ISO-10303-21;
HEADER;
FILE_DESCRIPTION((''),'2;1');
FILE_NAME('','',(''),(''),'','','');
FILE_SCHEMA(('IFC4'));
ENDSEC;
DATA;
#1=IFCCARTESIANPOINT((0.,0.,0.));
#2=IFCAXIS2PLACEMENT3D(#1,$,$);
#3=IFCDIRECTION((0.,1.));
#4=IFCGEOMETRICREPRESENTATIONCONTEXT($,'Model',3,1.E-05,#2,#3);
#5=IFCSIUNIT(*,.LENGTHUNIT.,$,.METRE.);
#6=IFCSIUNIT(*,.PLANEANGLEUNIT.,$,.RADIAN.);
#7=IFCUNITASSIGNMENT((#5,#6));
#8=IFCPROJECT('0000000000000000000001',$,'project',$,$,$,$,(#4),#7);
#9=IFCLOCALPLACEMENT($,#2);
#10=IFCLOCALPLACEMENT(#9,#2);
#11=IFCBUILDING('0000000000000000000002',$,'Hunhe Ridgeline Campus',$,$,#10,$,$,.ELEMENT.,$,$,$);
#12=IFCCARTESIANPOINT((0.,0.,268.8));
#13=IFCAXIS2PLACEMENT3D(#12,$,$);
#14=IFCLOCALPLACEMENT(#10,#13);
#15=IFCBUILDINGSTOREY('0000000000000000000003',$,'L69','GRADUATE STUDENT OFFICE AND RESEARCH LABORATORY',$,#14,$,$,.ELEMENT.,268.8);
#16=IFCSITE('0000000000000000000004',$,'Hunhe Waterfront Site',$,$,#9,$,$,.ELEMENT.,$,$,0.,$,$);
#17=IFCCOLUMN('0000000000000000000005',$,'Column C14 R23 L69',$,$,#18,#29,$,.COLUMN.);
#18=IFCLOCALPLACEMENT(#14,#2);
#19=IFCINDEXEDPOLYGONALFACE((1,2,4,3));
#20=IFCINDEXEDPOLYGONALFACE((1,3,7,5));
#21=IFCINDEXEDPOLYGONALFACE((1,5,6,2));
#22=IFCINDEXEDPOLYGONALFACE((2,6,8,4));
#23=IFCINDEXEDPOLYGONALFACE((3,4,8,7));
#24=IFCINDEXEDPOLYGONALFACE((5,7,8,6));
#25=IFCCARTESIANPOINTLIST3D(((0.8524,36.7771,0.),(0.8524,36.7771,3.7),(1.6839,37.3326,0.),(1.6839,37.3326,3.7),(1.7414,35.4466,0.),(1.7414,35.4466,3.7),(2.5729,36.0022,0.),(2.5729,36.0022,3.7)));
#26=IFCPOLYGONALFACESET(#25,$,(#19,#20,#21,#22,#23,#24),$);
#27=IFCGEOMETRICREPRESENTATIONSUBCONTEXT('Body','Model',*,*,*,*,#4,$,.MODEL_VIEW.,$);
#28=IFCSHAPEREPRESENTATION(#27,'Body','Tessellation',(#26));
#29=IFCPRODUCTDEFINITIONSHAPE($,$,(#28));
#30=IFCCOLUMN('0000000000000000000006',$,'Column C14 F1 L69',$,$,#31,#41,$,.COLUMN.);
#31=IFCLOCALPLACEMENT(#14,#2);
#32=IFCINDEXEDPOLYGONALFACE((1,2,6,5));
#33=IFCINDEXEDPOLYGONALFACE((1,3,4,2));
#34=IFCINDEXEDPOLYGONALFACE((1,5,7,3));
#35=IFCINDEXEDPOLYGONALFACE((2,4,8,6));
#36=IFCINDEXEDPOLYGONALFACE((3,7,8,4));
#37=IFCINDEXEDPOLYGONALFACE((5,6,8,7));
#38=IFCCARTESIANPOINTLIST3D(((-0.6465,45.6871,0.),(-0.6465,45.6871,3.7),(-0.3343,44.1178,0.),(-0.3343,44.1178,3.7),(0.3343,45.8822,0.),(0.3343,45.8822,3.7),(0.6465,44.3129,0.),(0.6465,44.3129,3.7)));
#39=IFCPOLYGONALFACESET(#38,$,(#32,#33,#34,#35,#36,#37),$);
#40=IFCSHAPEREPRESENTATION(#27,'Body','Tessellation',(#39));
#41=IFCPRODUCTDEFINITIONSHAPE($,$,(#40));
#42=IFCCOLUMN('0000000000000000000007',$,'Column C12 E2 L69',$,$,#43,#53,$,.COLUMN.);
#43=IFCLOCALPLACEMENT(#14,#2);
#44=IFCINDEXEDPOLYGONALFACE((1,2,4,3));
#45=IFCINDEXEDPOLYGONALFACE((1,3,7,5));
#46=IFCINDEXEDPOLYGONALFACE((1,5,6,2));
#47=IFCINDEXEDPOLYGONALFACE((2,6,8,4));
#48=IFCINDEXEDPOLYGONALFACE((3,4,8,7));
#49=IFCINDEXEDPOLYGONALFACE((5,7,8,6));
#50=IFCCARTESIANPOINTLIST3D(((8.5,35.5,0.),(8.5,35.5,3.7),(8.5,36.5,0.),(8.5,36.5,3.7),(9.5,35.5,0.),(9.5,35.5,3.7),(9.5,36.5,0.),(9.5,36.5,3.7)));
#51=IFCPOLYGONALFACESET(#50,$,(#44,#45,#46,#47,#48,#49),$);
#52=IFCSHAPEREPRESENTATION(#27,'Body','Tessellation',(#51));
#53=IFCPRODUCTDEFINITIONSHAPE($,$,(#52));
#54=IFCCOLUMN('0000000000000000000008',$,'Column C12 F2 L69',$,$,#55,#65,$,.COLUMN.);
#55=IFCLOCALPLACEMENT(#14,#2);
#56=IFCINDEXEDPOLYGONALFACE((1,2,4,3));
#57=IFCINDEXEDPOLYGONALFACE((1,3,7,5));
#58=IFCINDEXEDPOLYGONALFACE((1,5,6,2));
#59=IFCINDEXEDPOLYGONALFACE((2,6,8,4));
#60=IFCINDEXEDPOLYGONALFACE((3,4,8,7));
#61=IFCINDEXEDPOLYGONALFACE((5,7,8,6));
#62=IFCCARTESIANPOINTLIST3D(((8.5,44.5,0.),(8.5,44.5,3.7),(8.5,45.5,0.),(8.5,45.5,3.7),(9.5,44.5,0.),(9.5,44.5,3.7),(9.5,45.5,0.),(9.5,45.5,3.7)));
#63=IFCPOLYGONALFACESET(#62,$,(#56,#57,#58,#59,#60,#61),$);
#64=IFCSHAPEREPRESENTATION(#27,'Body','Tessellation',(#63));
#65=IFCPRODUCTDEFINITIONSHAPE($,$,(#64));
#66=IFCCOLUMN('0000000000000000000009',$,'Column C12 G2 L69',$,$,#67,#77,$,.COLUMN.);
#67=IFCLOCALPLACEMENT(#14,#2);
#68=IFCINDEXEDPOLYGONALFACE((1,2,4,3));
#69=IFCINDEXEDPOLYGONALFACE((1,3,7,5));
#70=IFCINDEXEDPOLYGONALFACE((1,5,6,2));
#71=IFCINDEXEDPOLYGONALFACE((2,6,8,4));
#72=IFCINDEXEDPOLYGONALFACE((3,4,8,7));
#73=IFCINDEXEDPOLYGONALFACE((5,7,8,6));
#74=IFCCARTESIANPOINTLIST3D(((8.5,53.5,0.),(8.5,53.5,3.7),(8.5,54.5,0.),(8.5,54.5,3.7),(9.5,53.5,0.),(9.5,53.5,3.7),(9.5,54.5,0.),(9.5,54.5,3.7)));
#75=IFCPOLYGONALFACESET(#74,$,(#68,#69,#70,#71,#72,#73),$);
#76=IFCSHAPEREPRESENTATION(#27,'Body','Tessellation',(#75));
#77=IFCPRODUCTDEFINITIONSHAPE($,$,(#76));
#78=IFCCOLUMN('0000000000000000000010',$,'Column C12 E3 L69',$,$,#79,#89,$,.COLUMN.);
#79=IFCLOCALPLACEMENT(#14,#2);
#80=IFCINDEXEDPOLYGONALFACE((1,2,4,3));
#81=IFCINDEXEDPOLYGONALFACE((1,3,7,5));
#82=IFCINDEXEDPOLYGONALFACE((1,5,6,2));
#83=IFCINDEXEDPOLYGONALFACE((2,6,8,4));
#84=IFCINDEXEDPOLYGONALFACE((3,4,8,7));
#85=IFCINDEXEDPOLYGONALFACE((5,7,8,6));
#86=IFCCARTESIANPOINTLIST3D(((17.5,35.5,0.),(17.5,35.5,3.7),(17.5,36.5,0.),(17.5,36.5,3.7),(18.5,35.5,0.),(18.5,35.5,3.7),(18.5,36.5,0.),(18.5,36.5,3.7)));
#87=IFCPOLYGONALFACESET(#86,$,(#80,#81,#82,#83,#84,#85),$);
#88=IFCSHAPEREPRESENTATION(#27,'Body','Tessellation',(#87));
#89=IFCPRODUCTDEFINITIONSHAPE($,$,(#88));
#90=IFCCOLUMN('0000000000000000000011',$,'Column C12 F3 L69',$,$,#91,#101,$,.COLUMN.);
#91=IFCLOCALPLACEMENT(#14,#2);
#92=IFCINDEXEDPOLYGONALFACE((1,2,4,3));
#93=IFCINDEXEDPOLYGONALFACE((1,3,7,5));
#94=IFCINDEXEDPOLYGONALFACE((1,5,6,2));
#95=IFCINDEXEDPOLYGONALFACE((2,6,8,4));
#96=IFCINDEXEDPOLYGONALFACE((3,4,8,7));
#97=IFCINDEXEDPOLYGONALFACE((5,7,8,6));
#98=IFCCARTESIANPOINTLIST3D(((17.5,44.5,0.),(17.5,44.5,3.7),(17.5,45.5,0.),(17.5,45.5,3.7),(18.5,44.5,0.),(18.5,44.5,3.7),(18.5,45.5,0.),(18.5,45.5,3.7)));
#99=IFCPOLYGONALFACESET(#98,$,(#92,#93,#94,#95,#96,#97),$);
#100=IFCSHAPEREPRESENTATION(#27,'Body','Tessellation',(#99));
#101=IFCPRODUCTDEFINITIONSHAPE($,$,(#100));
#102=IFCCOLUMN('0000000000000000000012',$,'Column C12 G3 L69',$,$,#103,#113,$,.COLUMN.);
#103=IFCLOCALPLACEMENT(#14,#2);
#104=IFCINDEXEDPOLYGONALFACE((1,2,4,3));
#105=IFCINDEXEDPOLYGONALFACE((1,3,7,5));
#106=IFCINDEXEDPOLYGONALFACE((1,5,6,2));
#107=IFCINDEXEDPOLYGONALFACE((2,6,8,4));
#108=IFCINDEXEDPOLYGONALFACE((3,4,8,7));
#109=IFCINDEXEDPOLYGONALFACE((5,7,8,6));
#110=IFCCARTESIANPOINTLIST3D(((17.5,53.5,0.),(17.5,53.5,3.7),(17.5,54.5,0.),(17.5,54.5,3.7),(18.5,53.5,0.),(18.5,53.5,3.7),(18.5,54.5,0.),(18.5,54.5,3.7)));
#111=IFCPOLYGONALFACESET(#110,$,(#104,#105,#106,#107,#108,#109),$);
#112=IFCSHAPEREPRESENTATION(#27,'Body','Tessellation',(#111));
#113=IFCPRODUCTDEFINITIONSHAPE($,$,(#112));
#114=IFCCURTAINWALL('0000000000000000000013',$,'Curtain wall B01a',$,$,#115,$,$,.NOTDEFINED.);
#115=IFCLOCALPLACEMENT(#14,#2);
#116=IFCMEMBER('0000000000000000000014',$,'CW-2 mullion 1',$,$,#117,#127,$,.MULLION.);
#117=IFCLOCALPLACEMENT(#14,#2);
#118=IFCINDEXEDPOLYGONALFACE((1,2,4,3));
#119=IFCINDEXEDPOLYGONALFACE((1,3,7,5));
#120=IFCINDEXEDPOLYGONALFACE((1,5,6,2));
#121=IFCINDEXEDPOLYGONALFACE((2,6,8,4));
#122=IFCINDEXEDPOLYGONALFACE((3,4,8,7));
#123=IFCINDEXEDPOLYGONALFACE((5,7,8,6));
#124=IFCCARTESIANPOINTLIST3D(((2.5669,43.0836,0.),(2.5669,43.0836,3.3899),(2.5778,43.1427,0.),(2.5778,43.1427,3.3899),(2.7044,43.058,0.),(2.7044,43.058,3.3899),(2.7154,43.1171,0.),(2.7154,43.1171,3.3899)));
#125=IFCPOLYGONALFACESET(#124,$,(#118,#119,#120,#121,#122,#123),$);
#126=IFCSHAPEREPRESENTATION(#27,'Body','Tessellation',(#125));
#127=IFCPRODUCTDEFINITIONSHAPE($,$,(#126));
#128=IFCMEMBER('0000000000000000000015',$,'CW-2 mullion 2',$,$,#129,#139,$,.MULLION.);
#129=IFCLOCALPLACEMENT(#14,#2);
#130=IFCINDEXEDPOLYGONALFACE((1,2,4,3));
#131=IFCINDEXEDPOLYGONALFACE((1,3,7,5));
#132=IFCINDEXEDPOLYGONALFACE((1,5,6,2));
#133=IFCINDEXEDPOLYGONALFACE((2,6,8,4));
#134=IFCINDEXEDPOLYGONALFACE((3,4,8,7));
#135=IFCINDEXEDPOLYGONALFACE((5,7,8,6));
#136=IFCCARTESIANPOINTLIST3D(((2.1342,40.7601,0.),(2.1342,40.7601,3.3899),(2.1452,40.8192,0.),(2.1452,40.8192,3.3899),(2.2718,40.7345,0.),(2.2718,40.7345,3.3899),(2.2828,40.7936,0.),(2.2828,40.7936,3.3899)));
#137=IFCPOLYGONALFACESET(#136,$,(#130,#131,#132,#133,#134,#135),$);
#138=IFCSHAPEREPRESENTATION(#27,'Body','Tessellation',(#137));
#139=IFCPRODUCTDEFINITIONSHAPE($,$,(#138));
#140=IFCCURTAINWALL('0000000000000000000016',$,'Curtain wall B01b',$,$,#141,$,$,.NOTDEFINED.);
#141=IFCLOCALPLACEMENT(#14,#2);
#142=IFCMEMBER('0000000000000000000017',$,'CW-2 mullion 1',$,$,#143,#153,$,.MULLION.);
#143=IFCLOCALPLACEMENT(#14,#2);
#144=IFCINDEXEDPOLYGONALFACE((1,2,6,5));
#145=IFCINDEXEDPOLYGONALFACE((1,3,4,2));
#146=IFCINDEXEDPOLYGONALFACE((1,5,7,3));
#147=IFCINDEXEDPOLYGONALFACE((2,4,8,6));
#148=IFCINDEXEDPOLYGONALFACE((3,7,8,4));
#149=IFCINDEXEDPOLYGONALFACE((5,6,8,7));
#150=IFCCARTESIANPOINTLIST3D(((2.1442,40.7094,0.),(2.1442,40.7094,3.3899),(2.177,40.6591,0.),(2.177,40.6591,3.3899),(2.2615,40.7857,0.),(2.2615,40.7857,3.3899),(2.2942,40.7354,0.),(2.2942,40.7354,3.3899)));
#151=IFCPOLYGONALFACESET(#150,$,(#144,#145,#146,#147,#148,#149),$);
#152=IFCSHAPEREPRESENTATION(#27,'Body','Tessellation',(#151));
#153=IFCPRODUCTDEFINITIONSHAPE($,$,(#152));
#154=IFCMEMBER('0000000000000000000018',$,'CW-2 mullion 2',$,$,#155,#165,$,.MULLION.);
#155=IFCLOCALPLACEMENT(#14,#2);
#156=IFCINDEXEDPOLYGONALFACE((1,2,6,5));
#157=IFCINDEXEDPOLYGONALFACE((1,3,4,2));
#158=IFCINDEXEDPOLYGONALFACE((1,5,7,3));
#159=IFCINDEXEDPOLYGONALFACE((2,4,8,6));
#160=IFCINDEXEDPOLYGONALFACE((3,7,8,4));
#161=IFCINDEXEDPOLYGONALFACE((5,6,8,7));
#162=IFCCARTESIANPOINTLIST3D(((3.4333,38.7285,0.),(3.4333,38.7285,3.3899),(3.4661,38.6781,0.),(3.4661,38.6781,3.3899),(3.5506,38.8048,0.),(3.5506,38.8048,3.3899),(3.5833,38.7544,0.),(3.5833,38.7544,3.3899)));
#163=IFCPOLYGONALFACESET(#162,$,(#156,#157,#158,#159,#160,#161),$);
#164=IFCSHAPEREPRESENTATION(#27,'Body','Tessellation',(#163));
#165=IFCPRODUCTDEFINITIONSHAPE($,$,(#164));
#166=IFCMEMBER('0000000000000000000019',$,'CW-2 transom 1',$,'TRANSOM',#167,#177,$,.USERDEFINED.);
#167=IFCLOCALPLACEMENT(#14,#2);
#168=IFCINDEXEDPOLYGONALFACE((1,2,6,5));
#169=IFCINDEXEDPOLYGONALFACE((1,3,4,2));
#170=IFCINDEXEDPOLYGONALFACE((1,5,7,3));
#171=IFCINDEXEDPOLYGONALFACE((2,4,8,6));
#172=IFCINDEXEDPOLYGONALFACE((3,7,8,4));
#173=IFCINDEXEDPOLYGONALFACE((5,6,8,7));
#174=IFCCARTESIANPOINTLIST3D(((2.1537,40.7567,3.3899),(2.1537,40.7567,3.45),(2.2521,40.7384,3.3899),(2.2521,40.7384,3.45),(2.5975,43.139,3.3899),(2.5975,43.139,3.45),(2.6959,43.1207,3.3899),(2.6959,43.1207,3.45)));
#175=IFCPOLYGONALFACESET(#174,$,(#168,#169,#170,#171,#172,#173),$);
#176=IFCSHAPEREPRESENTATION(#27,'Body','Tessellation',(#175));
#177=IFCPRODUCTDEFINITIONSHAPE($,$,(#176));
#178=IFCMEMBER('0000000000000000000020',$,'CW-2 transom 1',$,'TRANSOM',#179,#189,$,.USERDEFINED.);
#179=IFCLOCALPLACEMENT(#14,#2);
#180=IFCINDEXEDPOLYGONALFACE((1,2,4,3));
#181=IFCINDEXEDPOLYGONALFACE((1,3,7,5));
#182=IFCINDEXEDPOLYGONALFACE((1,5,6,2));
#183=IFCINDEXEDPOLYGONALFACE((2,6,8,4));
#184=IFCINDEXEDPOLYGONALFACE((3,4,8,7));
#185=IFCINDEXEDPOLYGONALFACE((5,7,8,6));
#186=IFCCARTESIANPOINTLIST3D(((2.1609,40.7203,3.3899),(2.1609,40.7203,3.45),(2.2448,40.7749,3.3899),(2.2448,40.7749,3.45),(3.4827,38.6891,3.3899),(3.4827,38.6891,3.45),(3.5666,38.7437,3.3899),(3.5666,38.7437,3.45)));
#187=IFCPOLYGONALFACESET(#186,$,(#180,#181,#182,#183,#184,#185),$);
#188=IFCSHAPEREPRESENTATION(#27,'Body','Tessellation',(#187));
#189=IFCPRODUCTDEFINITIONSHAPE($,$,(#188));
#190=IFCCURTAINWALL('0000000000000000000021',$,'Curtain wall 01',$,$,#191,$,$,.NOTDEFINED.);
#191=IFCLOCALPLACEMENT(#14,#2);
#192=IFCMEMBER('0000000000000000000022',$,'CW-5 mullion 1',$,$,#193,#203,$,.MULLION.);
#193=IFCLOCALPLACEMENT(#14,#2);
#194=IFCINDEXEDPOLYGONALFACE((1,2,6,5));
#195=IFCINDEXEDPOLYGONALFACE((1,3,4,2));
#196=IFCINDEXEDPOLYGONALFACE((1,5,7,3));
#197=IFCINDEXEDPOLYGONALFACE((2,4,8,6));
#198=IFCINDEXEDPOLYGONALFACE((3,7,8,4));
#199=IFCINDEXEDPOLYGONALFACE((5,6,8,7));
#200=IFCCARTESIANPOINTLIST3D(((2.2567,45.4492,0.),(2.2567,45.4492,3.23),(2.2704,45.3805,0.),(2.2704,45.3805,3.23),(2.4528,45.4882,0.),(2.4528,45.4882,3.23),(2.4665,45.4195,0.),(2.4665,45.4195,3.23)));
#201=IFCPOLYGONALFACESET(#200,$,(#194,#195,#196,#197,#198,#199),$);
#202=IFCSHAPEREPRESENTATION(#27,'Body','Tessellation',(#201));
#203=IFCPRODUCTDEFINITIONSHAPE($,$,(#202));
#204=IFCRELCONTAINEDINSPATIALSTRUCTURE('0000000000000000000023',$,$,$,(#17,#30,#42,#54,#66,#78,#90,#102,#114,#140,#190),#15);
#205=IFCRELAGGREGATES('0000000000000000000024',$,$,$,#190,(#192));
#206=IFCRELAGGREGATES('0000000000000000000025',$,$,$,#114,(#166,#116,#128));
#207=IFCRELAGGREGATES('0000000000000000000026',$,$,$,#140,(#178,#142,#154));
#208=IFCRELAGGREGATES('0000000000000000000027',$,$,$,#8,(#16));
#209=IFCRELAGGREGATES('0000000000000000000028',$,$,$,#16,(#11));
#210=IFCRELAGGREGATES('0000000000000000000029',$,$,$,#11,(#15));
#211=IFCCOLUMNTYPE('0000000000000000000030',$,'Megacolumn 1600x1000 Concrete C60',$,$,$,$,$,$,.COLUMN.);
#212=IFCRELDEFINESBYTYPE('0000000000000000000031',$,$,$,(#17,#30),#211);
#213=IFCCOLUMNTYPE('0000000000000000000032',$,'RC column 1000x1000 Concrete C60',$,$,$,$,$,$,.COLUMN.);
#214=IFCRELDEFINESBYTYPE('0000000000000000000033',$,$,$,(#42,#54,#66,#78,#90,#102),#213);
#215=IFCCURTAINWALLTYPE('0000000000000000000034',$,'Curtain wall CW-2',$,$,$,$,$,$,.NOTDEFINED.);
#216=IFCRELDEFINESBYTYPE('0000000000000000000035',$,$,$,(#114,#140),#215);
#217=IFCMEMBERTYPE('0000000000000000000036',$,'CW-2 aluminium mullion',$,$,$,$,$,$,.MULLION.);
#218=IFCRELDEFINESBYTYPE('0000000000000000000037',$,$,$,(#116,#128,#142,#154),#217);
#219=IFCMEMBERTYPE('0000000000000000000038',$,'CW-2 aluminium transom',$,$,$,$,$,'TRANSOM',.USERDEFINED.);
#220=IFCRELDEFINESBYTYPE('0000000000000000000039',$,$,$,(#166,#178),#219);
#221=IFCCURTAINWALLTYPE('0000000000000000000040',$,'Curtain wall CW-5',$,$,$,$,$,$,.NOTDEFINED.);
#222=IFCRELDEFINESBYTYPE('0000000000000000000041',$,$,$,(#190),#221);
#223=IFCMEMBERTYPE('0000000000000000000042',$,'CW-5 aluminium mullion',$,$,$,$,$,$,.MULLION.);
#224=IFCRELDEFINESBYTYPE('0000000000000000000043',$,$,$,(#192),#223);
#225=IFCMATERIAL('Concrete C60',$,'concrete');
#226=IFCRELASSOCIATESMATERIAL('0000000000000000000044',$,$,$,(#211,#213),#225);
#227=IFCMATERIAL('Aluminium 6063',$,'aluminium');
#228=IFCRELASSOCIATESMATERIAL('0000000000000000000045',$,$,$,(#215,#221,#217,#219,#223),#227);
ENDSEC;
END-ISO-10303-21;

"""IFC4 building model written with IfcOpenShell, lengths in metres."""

from ifc_helpers import new_model, si_unit, direction, frame, origin, origin_2d, place, context, subcontext, project, spatial, rectangle, extrude, material, material_profile, profile_set, type_object, element, aggregate, save


model = new_model("IFC4")

# Units and contexts
model_context = context("Model", 3, precision=1e-05, world=origin(), true_north=direction((0.0, 1.0)))
body_context = subcontext(model_context, "Body", "Model", "MODEL_VIEW")
ifc_project = project(units=[si_unit("LENGTHUNIT", "METRE"), si_unit("PLANEANGLEUNIT", "RADIAN")], contexts=[model_context])

# Site, building, storey
site_placement = place(None, origin())
site = spatial("IfcSite", under=ifc_project, at=site_placement, Name="Hunhe Waterfront Site", CompositionType="ELEMENT", RefElevation=0.0)
building_placement = place(site_placement, origin())
building = spatial("IfcBuilding", under=site, at=building_placement, Name="Hunhe Ridgeline Campus", CompositionType="ELEMENT")
storey_placement = place(building_placement, frame((0.0, 0.0, 268.8)))
storey = spatial("IfcBuildingStorey", under=building, at=storey_placement, Name="L69", Description="GRADUATE STUDENT OFFICE AND RESEARCH LABORATORY", CompositionType="ELEMENT", Elevation=268.8)

# Columns
ifc_material_1 = material(Name="Concrete C60", Category="concrete")
ifc_material_profile_1 = material_profile(ifc_material_1, rectangle(XDim=1.6001, YDim=1.0, at=origin_2d()))
ifc_profile_set_1 = profile_set([ifc_material_profile_1], Name="Concrete C60")
column_type_1 = type_object("IfcColumnType", Name="Megacolumn 1600x1000 Concrete C60", PredefinedType="COLUMN", material=ifc_profile_set_1)
for number, where, z_axis, x_axis, name in (
    (1, (1.7126, 36.3896, 0.0), (0.0, 0.0, 1.0), (-0.55557, 0.83147, 0.0), "Column C14 R23 L69"),
    (2, (0.0, 45.0, 0.0), (0.0, 0.0, 1.0), (-0.19509, 0.980785, 0.0), "Column C14 F1 L69"),
):
    element("IfcColumn", number, at=place(storey_placement, frame(where, z_axis=z_axis, x_axis=x_axis)), inside=storey, type_object=column_type_1, Name=name, PredefinedType="COLUMN", context=body_context, shape_type="SweptSolid", body=[
        extrude(rectangle(XDim=1.6001, YDim=1.0, at=origin_2d()), origin(), (0.0, 0.0, 1.0), 3.7),
    ])
ifc_material_profile_2 = material_profile(ifc_material_1, rectangle(XDim=1.0, YDim=1.0, at=origin_2d()))
ifc_profile_set_2 = profile_set([ifc_material_profile_2], Name="Concrete C60")
column_type_2 = type_object("IfcColumnType", Name="RC column 1000x1000 Concrete C60", PredefinedType="COLUMN", material=ifc_profile_set_2)
for number, where, z_axis, x_axis, name in (
    (3, (9.0, 36.0, 0.0), (0.0, 0.0, 1.0), (1.0, 0.0, 0.0), "Column C12 E2 L69"),
    (4, (9.0, 45.0, 0.0), (0.0, 0.0, 1.0), (1.0, 0.0, 0.0), "Column C12 F2 L69"),
    (5, (9.0, 54.0, 0.0), (0.0, 0.0, 1.0), (1.0, 0.0, 0.0), "Column C12 G2 L69"),
    (6, (18.0, 36.0, 0.0), (0.0, 0.0, 1.0), (1.0, 0.0, 0.0), "Column C12 E3 L69"),
    (7, (18.0, 45.0, 0.0), (0.0, 0.0, 1.0), (1.0, 0.0, 0.0), "Column C12 F3 L69"),
    (8, (18.0, 54.0, 0.0), (0.0, 0.0, 1.0), (1.0, 0.0, 0.0), "Column C12 G3 L69"),
):
    element("IfcColumn", number, at=place(storey_placement, frame(where, z_axis=z_axis, x_axis=x_axis)), inside=storey, type_object=column_type_2, Name=name, PredefinedType="COLUMN", context=body_context, shape_type="SweptSolid", body=[
        extrude(rectangle(XDim=1.0, YDim=1.0, at=origin_2d()), origin(), (0.0, 0.0, 1.0), 3.7),
    ])

# Curtain walls, members
ifc_material_2 = material(Name="Aluminium 6063", Category="aluminium")
curtain_wall_type_1 = type_object("IfcCurtainWallType", Name="Curtain wall CW-2", PredefinedType="NOTDEFINED", material=ifc_material_2)
curtain_wall_1_placement = place(storey_placement, origin())
curtain_wall_1 = element("IfcCurtainWall", 9, at=curtain_wall_1_placement, inside=storey, type_object=curtain_wall_type_1, Name="Curtain wall B01a", PredefinedType="NOTDEFINED")
ifc_material_profile_3 = material_profile(ifc_material_2, rectangle(XDim=0.1399, YDim=0.0601, at=origin_2d()))
ifc_profile_set_3 = profile_set([ifc_material_profile_3], Name="Aluminium 6063")
member_type_1 = type_object("IfcMemberType", Name="CW-2 aluminium mullion", PredefinedType="MULLION", material=ifc_profile_set_3)
member_1_placement = place(storey_placement, frame((2.6411, 43.1003, 0.0), z_axis=(0.0, 0.0, 1.0), x_axis=(0.983092, -0.183113, 0.0)))
member_1 = element("IfcMember", 10, at=member_1_placement, type_object=member_type_1, Name="CW-2 mullion 1", PredefinedType="MULLION", context=body_context, shape_type="SweptSolid", body=[
    extrude(rectangle(XDim=0.1399, YDim=0.0601, at=origin_2d()), origin(), (0.0, 0.0, 1.0), 3.3899),
])
member_2_placement = place(storey_placement, frame((2.2085, 40.7769, 0.0), z_axis=(0.0, 0.0, 1.0), x_axis=(0.983092, -0.183113, 0.0)))
member_2 = element("IfcMember", 11, at=member_2_placement, type_object=member_type_1, Name="CW-2 mullion 2", PredefinedType="MULLION", context=body_context, shape_type="SweptSolid", body=[
    extrude(rectangle(XDim=0.1399, YDim=0.0601, at=origin_2d()), origin(), (0.0, 0.0, 1.0), 3.3899),
])
curtain_wall_2_placement = place(storey_placement, origin())
curtain_wall_2 = element("IfcCurtainWall", 12, at=curtain_wall_2_placement, inside=storey, type_object=curtain_wall_type_1, Name="Curtain wall B01b", PredefinedType="NOTDEFINED")
member_3_placement = place(storey_placement, frame((2.2192, 40.7224, 0.0), z_axis=(0.0, 0.0, 1.0), x_axis=(0.838179, 0.545395, 0.0)))
member_3 = element("IfcMember", 13, at=member_3_placement, type_object=member_type_1, Name="CW-2 mullion 1", PredefinedType="MULLION", context=body_context, shape_type="SweptSolid", body=[
    extrude(rectangle(XDim=0.1399, YDim=0.0601, at=origin_2d()), origin(), (0.0, 0.0, 1.0), 3.3899),
])
member_4_placement = place(storey_placement, frame((3.5083, 38.7415, 0.0), z_axis=(0.0, 0.0, 1.0), x_axis=(0.838179, 0.545395, 0.0)))
member_4 = element("IfcMember", 14, at=member_4_placement, type_object=member_type_1, Name="CW-2 mullion 2", PredefinedType="MULLION", context=body_context, shape_type="SweptSolid", body=[
    extrude(rectangle(XDim=0.1399, YDim=0.0601, at=origin_2d()), origin(), (0.0, 0.0, 1.0), 3.3899),
])

# Members
ifc_material_profile_4 = material_profile(ifc_material_2, rectangle(XDim=0.1001, YDim=0.0601, at=origin_2d()))
ifc_profile_set_4 = profile_set([ifc_material_profile_4], Name="Aluminium 6063")
member_type_2 = type_object("IfcMemberType", Name="CW-2 aluminium transom", ElementType="TRANSOM", PredefinedType="USERDEFINED", material=ifc_profile_set_4)
member_5_placement = place(storey_placement, frame((2.6467, 43.1299, 3.4199), z_axis=(-0.183157, -0.983084, 0.0), x_axis=(0.983084, -0.183157, 0.0)))
member_5 = element("IfcMember", 15, at=member_5_placement, type_object=member_type_2, Name="CW-2 transom 1", ObjectType="TRANSOM", PredefinedType="USERDEFINED", context=body_context, shape_type="SweptSolid", body=[
    extrude(rectangle(XDim=0.1001, YDim=0.0601, at=origin_2d()), origin(), (0.0, 0.0, 1.0), 2.4233),
])
member_6_placement = place(storey_placement, frame((2.2029, 40.7476, 3.4199), z_axis=(0.545413, -0.838167, 0.0), x_axis=(0.838167, 0.545413, 0.0)))
member_6 = element("IfcMember", 16, at=member_6_placement, type_object=member_type_2, Name="CW-2 transom 1", ObjectType="TRANSOM", PredefinedType="USERDEFINED", context=body_context, shape_type="SweptSolid", body=[
    extrude(rectangle(XDim=0.1001, YDim=0.0601, at=origin_2d()), origin(), (0.0, 0.0, 1.0), 2.4233),
])

# Curtain wall, member
curtain_wall_type_2 = type_object("IfcCurtainWallType", Name="Curtain wall CW-5", PredefinedType="NOTDEFINED", material=ifc_material_2)
curtain_wall_3_placement = place(storey_placement, origin())
curtain_wall_3 = element("IfcCurtainWall", 17, at=curtain_wall_3_placement, inside=storey, type_object=curtain_wall_type_2, Name="Curtain wall 01", PredefinedType="NOTDEFINED")
ifc_material_profile_5 = material_profile(ifc_material_2, rectangle(XDim=0.2, YDim=0.0701, at=origin_2d()))
ifc_profile_set_5 = profile_set([ifc_material_profile_5], Name="Aluminium 6063")
member_type_3 = type_object("IfcMemberType", Name="CW-5 aluminium mullion", PredefinedType="MULLION", material=ifc_profile_set_5)
member_7_placement = place(storey_placement, frame((2.3616, 45.4343, 0.0), z_axis=(0.0, 0.0, 1.0), x_axis=(0.980784, 0.195095, 0.0)))
member_7 = element("IfcMember", 18, at=member_7_placement, type_object=member_type_3, Name="CW-5 mullion 1", PredefinedType="MULLION", context=body_context, shape_type="SweptSolid", body=[
    extrude(rectangle(XDim=0.2, YDim=0.0701, at=origin_2d()), origin(), (0.0, 0.0, 1.0), 3.23),
])

aggregate(curtain_wall_3, [member_7])
aggregate(curtain_wall_1, [member_5, member_1, member_2])
aggregate(curtain_wall_2, [member_6, member_3, member_4])

save(model, "model.ifc")
